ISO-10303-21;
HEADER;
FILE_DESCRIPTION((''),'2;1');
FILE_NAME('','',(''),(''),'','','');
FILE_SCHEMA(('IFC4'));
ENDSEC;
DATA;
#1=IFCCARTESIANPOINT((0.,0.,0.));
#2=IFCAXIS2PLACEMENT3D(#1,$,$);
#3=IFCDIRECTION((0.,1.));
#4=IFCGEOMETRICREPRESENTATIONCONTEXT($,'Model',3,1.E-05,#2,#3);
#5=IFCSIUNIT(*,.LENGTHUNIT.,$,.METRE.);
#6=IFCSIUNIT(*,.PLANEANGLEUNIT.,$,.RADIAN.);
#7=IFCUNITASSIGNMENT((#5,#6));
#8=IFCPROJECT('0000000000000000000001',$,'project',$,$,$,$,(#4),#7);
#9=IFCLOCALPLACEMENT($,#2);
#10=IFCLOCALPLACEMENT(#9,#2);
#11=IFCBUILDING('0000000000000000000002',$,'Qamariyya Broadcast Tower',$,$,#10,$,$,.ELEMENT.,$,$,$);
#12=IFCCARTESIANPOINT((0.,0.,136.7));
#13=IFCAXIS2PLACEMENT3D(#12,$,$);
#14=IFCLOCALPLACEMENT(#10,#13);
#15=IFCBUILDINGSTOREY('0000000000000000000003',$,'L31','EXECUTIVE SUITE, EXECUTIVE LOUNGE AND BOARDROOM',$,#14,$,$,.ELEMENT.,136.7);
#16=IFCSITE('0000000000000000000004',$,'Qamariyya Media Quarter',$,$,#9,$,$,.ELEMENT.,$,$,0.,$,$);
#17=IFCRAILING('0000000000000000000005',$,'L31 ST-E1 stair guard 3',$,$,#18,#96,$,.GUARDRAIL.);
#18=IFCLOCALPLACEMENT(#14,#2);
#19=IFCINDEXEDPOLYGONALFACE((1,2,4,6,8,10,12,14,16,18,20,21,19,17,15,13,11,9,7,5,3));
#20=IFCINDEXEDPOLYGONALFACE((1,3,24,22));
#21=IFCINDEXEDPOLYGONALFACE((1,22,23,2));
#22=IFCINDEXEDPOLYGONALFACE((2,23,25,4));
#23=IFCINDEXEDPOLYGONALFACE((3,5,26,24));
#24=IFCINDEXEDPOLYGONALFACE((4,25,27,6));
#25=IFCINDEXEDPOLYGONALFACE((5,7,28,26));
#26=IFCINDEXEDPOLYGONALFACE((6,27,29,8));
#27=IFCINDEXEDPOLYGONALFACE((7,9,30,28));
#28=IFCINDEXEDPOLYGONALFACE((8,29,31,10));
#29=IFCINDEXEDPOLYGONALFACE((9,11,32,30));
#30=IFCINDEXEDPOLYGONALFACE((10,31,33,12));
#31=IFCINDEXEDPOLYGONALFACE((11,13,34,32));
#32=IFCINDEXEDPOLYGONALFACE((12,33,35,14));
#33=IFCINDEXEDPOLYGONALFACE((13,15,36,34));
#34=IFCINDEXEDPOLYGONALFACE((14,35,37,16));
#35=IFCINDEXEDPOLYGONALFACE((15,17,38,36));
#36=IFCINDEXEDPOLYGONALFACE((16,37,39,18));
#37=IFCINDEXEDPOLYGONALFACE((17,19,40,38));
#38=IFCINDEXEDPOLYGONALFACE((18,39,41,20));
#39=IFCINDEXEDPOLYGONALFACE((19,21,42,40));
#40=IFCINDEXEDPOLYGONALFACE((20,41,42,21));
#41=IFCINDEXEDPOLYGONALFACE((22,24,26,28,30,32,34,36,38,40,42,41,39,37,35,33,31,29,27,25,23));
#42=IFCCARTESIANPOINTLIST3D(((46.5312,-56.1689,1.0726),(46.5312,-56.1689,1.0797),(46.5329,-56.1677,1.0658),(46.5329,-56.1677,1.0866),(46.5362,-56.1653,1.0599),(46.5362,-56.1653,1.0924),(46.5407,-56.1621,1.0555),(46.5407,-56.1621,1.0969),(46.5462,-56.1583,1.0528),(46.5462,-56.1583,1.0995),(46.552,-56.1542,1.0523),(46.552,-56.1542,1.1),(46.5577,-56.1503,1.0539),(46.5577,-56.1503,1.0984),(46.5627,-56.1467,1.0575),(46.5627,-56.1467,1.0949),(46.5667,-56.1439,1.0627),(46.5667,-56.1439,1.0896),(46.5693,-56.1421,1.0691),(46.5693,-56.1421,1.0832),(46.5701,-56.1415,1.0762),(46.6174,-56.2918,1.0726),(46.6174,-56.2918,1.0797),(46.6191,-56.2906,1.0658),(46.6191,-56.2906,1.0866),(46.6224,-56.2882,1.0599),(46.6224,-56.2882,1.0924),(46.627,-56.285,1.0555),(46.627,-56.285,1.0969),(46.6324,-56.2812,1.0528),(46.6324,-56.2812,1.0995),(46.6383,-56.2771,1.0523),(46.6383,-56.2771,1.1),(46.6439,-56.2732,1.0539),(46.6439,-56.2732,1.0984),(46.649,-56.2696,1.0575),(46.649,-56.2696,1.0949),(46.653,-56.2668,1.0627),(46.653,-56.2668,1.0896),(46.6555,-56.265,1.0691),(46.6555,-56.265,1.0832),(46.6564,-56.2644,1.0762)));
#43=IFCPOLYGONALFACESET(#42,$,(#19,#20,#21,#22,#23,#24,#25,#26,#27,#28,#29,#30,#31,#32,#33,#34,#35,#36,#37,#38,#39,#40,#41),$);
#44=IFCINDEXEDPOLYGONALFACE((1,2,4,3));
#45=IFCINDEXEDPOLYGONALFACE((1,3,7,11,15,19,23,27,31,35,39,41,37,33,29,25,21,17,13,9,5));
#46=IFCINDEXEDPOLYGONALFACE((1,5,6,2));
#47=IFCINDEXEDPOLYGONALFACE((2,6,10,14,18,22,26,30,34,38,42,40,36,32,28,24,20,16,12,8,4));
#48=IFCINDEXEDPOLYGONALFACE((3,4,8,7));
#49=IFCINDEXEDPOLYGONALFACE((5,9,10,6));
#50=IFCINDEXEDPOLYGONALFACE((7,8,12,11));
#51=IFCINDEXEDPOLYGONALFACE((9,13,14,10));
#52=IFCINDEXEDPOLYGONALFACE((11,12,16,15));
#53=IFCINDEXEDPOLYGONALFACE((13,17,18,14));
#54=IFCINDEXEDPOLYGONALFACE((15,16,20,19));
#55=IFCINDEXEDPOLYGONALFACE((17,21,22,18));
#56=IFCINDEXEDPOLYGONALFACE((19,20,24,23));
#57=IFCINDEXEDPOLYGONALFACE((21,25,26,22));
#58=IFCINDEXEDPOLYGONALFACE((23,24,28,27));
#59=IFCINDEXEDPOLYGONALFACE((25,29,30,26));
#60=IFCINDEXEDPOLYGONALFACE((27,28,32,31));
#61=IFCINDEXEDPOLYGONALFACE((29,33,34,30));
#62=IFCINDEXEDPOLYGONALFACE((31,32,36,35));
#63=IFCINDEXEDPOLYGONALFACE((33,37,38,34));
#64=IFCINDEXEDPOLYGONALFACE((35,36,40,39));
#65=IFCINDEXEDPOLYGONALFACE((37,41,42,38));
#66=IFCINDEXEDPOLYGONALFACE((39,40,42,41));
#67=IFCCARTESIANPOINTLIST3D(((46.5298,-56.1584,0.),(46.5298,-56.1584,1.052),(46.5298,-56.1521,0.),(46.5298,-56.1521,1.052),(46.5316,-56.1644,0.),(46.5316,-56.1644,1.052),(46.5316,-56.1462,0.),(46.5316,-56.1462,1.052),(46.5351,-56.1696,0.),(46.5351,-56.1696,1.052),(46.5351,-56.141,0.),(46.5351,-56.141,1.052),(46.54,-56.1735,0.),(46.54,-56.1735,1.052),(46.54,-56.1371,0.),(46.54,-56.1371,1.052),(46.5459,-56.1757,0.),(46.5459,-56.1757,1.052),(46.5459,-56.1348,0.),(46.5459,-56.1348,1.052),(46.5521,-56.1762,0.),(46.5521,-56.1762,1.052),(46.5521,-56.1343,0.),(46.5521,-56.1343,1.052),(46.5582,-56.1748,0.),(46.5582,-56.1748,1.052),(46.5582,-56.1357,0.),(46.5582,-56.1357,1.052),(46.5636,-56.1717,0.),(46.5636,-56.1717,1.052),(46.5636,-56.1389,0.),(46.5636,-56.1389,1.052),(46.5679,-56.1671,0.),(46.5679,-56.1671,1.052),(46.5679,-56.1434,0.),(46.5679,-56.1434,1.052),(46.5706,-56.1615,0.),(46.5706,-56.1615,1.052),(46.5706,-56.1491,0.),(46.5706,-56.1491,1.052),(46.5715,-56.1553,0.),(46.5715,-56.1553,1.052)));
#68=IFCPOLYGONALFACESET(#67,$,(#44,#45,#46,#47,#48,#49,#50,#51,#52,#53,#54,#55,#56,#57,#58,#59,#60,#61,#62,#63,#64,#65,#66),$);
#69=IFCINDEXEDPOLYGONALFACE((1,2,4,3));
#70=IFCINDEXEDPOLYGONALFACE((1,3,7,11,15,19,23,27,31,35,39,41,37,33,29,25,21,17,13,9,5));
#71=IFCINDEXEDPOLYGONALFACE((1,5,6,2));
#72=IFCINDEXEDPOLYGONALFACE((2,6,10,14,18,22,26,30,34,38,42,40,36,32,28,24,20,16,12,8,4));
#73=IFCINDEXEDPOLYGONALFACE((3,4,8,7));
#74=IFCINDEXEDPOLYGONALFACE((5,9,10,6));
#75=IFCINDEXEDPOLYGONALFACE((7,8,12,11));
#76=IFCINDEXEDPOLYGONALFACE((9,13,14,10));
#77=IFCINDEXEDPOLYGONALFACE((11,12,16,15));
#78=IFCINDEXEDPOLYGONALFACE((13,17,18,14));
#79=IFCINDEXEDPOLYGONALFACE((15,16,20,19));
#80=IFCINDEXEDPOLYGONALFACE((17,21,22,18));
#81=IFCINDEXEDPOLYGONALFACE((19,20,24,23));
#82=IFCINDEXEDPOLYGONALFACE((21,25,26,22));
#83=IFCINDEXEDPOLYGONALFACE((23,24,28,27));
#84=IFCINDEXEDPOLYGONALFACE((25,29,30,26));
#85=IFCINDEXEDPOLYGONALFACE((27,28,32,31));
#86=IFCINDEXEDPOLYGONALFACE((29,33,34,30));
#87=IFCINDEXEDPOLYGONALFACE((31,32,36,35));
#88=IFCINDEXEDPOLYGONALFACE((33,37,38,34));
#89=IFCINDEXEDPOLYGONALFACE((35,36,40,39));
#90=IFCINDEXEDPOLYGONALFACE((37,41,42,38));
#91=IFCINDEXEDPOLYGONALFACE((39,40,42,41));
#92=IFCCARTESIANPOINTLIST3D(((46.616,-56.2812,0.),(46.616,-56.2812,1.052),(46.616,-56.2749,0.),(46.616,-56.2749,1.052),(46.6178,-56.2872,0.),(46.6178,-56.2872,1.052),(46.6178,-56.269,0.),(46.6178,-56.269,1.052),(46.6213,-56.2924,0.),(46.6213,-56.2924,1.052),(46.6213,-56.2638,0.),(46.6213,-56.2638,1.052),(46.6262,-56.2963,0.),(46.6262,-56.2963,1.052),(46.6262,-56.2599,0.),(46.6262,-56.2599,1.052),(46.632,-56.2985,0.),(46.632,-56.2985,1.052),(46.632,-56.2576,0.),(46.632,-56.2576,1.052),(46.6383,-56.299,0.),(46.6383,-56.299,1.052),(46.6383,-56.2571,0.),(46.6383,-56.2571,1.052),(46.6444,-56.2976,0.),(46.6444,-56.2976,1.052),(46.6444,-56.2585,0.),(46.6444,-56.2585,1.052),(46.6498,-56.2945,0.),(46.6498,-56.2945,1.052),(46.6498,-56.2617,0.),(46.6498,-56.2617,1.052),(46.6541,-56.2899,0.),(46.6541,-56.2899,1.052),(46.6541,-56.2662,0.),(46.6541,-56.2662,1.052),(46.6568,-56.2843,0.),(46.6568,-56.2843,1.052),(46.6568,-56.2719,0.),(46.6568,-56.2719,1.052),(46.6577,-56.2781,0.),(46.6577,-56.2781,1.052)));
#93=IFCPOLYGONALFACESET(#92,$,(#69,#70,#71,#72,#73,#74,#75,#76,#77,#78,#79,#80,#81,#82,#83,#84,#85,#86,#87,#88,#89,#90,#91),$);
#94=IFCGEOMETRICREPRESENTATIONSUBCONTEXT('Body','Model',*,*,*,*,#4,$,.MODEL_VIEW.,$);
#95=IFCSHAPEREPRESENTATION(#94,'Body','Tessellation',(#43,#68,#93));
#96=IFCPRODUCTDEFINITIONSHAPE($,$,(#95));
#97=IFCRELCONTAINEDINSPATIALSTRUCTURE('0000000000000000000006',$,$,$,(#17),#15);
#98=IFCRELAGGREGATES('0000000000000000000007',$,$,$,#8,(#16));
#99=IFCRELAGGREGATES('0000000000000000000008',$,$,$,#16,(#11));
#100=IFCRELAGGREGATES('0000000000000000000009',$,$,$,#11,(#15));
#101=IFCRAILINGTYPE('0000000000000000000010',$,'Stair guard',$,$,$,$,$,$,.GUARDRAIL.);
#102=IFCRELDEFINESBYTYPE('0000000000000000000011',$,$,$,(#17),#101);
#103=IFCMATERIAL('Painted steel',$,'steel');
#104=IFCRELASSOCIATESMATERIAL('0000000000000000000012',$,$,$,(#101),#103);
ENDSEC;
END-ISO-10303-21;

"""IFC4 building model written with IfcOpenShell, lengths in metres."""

from ifc_helpers import new_model, si_unit, direction, frame, origin, origin_2d, place, context, subcontext, project, spatial, circle, extrude, material, type_object, element, save


model = new_model("IFC4")

# Units and contexts
model_context = context("Model", 3, precision=1e-05, world=origin(), true_north=direction((0.0, 1.0)))
body_context = subcontext(model_context, "Body", "Model", "MODEL_VIEW")
ifc_project = project(units=[si_unit("LENGTHUNIT", "METRE"), si_unit("PLANEANGLEUNIT", "RADIAN")], contexts=[model_context])

# Site, building, storey
site_placement = place(None, origin())
site = spatial("IfcSite", under=ifc_project, at=site_placement, Name="Qamariyya Media Quarter", CompositionType="ELEMENT", RefElevation=0.0)
building_placement = place(site_placement, origin())
building = spatial("IfcBuilding", under=site, at=building_placement, Name="Qamariyya Broadcast Tower", CompositionType="ELEMENT")
storey_placement = place(building_placement, frame((0.0, 0.0, 136.7)))
storey = spatial("IfcBuildingStorey", under=building, at=storey_placement, Name="L31", Description="EXECUTIVE SUITE, EXECUTIVE LOUNGE AND BOARDROOM", CompositionType="ELEMENT", Elevation=136.7)

# Railing
ifc_material_1 = material(Name="Painted steel", Category="steel")
railing_type_1 = type_object("IfcRailingType", Name="Stair guard", PredefinedType="GUARDRAIL", material=ifc_material_1)
railing_1_placement = place(storey_placement, frame((46.5505, -56.1553, 0.0)))
element("IfcRailing", 1, at=railing_1_placement, inside=storey, type_object=railing_type_1, Name="L31 ST-E1 stair guard 3", PredefinedType="GUARDRAIL", context=body_context, shape_type="SweptSolid", body=[
    extrude(circle(Radius=0.0239, at=origin_2d()), frame((0.0, 0.0, 1.0762), z_axis=(0.574445, -0.818543, 0.0), x_axis=(0.818543, 0.574445, 0.0)), (0.0, 0.0, 1.0), 0.1501),
    extrude(circle(Radius=0.021, at=origin_2d()), origin(), (0.0, 0.0, 1.0), 1.052),
    extrude(circle(Radius=0.021, at=origin_2d()), frame((0.0862, -0.1228, 0.0)), (0.0, 0.0, 1.0), 1.052),
])

save(model, "model.ifc")
